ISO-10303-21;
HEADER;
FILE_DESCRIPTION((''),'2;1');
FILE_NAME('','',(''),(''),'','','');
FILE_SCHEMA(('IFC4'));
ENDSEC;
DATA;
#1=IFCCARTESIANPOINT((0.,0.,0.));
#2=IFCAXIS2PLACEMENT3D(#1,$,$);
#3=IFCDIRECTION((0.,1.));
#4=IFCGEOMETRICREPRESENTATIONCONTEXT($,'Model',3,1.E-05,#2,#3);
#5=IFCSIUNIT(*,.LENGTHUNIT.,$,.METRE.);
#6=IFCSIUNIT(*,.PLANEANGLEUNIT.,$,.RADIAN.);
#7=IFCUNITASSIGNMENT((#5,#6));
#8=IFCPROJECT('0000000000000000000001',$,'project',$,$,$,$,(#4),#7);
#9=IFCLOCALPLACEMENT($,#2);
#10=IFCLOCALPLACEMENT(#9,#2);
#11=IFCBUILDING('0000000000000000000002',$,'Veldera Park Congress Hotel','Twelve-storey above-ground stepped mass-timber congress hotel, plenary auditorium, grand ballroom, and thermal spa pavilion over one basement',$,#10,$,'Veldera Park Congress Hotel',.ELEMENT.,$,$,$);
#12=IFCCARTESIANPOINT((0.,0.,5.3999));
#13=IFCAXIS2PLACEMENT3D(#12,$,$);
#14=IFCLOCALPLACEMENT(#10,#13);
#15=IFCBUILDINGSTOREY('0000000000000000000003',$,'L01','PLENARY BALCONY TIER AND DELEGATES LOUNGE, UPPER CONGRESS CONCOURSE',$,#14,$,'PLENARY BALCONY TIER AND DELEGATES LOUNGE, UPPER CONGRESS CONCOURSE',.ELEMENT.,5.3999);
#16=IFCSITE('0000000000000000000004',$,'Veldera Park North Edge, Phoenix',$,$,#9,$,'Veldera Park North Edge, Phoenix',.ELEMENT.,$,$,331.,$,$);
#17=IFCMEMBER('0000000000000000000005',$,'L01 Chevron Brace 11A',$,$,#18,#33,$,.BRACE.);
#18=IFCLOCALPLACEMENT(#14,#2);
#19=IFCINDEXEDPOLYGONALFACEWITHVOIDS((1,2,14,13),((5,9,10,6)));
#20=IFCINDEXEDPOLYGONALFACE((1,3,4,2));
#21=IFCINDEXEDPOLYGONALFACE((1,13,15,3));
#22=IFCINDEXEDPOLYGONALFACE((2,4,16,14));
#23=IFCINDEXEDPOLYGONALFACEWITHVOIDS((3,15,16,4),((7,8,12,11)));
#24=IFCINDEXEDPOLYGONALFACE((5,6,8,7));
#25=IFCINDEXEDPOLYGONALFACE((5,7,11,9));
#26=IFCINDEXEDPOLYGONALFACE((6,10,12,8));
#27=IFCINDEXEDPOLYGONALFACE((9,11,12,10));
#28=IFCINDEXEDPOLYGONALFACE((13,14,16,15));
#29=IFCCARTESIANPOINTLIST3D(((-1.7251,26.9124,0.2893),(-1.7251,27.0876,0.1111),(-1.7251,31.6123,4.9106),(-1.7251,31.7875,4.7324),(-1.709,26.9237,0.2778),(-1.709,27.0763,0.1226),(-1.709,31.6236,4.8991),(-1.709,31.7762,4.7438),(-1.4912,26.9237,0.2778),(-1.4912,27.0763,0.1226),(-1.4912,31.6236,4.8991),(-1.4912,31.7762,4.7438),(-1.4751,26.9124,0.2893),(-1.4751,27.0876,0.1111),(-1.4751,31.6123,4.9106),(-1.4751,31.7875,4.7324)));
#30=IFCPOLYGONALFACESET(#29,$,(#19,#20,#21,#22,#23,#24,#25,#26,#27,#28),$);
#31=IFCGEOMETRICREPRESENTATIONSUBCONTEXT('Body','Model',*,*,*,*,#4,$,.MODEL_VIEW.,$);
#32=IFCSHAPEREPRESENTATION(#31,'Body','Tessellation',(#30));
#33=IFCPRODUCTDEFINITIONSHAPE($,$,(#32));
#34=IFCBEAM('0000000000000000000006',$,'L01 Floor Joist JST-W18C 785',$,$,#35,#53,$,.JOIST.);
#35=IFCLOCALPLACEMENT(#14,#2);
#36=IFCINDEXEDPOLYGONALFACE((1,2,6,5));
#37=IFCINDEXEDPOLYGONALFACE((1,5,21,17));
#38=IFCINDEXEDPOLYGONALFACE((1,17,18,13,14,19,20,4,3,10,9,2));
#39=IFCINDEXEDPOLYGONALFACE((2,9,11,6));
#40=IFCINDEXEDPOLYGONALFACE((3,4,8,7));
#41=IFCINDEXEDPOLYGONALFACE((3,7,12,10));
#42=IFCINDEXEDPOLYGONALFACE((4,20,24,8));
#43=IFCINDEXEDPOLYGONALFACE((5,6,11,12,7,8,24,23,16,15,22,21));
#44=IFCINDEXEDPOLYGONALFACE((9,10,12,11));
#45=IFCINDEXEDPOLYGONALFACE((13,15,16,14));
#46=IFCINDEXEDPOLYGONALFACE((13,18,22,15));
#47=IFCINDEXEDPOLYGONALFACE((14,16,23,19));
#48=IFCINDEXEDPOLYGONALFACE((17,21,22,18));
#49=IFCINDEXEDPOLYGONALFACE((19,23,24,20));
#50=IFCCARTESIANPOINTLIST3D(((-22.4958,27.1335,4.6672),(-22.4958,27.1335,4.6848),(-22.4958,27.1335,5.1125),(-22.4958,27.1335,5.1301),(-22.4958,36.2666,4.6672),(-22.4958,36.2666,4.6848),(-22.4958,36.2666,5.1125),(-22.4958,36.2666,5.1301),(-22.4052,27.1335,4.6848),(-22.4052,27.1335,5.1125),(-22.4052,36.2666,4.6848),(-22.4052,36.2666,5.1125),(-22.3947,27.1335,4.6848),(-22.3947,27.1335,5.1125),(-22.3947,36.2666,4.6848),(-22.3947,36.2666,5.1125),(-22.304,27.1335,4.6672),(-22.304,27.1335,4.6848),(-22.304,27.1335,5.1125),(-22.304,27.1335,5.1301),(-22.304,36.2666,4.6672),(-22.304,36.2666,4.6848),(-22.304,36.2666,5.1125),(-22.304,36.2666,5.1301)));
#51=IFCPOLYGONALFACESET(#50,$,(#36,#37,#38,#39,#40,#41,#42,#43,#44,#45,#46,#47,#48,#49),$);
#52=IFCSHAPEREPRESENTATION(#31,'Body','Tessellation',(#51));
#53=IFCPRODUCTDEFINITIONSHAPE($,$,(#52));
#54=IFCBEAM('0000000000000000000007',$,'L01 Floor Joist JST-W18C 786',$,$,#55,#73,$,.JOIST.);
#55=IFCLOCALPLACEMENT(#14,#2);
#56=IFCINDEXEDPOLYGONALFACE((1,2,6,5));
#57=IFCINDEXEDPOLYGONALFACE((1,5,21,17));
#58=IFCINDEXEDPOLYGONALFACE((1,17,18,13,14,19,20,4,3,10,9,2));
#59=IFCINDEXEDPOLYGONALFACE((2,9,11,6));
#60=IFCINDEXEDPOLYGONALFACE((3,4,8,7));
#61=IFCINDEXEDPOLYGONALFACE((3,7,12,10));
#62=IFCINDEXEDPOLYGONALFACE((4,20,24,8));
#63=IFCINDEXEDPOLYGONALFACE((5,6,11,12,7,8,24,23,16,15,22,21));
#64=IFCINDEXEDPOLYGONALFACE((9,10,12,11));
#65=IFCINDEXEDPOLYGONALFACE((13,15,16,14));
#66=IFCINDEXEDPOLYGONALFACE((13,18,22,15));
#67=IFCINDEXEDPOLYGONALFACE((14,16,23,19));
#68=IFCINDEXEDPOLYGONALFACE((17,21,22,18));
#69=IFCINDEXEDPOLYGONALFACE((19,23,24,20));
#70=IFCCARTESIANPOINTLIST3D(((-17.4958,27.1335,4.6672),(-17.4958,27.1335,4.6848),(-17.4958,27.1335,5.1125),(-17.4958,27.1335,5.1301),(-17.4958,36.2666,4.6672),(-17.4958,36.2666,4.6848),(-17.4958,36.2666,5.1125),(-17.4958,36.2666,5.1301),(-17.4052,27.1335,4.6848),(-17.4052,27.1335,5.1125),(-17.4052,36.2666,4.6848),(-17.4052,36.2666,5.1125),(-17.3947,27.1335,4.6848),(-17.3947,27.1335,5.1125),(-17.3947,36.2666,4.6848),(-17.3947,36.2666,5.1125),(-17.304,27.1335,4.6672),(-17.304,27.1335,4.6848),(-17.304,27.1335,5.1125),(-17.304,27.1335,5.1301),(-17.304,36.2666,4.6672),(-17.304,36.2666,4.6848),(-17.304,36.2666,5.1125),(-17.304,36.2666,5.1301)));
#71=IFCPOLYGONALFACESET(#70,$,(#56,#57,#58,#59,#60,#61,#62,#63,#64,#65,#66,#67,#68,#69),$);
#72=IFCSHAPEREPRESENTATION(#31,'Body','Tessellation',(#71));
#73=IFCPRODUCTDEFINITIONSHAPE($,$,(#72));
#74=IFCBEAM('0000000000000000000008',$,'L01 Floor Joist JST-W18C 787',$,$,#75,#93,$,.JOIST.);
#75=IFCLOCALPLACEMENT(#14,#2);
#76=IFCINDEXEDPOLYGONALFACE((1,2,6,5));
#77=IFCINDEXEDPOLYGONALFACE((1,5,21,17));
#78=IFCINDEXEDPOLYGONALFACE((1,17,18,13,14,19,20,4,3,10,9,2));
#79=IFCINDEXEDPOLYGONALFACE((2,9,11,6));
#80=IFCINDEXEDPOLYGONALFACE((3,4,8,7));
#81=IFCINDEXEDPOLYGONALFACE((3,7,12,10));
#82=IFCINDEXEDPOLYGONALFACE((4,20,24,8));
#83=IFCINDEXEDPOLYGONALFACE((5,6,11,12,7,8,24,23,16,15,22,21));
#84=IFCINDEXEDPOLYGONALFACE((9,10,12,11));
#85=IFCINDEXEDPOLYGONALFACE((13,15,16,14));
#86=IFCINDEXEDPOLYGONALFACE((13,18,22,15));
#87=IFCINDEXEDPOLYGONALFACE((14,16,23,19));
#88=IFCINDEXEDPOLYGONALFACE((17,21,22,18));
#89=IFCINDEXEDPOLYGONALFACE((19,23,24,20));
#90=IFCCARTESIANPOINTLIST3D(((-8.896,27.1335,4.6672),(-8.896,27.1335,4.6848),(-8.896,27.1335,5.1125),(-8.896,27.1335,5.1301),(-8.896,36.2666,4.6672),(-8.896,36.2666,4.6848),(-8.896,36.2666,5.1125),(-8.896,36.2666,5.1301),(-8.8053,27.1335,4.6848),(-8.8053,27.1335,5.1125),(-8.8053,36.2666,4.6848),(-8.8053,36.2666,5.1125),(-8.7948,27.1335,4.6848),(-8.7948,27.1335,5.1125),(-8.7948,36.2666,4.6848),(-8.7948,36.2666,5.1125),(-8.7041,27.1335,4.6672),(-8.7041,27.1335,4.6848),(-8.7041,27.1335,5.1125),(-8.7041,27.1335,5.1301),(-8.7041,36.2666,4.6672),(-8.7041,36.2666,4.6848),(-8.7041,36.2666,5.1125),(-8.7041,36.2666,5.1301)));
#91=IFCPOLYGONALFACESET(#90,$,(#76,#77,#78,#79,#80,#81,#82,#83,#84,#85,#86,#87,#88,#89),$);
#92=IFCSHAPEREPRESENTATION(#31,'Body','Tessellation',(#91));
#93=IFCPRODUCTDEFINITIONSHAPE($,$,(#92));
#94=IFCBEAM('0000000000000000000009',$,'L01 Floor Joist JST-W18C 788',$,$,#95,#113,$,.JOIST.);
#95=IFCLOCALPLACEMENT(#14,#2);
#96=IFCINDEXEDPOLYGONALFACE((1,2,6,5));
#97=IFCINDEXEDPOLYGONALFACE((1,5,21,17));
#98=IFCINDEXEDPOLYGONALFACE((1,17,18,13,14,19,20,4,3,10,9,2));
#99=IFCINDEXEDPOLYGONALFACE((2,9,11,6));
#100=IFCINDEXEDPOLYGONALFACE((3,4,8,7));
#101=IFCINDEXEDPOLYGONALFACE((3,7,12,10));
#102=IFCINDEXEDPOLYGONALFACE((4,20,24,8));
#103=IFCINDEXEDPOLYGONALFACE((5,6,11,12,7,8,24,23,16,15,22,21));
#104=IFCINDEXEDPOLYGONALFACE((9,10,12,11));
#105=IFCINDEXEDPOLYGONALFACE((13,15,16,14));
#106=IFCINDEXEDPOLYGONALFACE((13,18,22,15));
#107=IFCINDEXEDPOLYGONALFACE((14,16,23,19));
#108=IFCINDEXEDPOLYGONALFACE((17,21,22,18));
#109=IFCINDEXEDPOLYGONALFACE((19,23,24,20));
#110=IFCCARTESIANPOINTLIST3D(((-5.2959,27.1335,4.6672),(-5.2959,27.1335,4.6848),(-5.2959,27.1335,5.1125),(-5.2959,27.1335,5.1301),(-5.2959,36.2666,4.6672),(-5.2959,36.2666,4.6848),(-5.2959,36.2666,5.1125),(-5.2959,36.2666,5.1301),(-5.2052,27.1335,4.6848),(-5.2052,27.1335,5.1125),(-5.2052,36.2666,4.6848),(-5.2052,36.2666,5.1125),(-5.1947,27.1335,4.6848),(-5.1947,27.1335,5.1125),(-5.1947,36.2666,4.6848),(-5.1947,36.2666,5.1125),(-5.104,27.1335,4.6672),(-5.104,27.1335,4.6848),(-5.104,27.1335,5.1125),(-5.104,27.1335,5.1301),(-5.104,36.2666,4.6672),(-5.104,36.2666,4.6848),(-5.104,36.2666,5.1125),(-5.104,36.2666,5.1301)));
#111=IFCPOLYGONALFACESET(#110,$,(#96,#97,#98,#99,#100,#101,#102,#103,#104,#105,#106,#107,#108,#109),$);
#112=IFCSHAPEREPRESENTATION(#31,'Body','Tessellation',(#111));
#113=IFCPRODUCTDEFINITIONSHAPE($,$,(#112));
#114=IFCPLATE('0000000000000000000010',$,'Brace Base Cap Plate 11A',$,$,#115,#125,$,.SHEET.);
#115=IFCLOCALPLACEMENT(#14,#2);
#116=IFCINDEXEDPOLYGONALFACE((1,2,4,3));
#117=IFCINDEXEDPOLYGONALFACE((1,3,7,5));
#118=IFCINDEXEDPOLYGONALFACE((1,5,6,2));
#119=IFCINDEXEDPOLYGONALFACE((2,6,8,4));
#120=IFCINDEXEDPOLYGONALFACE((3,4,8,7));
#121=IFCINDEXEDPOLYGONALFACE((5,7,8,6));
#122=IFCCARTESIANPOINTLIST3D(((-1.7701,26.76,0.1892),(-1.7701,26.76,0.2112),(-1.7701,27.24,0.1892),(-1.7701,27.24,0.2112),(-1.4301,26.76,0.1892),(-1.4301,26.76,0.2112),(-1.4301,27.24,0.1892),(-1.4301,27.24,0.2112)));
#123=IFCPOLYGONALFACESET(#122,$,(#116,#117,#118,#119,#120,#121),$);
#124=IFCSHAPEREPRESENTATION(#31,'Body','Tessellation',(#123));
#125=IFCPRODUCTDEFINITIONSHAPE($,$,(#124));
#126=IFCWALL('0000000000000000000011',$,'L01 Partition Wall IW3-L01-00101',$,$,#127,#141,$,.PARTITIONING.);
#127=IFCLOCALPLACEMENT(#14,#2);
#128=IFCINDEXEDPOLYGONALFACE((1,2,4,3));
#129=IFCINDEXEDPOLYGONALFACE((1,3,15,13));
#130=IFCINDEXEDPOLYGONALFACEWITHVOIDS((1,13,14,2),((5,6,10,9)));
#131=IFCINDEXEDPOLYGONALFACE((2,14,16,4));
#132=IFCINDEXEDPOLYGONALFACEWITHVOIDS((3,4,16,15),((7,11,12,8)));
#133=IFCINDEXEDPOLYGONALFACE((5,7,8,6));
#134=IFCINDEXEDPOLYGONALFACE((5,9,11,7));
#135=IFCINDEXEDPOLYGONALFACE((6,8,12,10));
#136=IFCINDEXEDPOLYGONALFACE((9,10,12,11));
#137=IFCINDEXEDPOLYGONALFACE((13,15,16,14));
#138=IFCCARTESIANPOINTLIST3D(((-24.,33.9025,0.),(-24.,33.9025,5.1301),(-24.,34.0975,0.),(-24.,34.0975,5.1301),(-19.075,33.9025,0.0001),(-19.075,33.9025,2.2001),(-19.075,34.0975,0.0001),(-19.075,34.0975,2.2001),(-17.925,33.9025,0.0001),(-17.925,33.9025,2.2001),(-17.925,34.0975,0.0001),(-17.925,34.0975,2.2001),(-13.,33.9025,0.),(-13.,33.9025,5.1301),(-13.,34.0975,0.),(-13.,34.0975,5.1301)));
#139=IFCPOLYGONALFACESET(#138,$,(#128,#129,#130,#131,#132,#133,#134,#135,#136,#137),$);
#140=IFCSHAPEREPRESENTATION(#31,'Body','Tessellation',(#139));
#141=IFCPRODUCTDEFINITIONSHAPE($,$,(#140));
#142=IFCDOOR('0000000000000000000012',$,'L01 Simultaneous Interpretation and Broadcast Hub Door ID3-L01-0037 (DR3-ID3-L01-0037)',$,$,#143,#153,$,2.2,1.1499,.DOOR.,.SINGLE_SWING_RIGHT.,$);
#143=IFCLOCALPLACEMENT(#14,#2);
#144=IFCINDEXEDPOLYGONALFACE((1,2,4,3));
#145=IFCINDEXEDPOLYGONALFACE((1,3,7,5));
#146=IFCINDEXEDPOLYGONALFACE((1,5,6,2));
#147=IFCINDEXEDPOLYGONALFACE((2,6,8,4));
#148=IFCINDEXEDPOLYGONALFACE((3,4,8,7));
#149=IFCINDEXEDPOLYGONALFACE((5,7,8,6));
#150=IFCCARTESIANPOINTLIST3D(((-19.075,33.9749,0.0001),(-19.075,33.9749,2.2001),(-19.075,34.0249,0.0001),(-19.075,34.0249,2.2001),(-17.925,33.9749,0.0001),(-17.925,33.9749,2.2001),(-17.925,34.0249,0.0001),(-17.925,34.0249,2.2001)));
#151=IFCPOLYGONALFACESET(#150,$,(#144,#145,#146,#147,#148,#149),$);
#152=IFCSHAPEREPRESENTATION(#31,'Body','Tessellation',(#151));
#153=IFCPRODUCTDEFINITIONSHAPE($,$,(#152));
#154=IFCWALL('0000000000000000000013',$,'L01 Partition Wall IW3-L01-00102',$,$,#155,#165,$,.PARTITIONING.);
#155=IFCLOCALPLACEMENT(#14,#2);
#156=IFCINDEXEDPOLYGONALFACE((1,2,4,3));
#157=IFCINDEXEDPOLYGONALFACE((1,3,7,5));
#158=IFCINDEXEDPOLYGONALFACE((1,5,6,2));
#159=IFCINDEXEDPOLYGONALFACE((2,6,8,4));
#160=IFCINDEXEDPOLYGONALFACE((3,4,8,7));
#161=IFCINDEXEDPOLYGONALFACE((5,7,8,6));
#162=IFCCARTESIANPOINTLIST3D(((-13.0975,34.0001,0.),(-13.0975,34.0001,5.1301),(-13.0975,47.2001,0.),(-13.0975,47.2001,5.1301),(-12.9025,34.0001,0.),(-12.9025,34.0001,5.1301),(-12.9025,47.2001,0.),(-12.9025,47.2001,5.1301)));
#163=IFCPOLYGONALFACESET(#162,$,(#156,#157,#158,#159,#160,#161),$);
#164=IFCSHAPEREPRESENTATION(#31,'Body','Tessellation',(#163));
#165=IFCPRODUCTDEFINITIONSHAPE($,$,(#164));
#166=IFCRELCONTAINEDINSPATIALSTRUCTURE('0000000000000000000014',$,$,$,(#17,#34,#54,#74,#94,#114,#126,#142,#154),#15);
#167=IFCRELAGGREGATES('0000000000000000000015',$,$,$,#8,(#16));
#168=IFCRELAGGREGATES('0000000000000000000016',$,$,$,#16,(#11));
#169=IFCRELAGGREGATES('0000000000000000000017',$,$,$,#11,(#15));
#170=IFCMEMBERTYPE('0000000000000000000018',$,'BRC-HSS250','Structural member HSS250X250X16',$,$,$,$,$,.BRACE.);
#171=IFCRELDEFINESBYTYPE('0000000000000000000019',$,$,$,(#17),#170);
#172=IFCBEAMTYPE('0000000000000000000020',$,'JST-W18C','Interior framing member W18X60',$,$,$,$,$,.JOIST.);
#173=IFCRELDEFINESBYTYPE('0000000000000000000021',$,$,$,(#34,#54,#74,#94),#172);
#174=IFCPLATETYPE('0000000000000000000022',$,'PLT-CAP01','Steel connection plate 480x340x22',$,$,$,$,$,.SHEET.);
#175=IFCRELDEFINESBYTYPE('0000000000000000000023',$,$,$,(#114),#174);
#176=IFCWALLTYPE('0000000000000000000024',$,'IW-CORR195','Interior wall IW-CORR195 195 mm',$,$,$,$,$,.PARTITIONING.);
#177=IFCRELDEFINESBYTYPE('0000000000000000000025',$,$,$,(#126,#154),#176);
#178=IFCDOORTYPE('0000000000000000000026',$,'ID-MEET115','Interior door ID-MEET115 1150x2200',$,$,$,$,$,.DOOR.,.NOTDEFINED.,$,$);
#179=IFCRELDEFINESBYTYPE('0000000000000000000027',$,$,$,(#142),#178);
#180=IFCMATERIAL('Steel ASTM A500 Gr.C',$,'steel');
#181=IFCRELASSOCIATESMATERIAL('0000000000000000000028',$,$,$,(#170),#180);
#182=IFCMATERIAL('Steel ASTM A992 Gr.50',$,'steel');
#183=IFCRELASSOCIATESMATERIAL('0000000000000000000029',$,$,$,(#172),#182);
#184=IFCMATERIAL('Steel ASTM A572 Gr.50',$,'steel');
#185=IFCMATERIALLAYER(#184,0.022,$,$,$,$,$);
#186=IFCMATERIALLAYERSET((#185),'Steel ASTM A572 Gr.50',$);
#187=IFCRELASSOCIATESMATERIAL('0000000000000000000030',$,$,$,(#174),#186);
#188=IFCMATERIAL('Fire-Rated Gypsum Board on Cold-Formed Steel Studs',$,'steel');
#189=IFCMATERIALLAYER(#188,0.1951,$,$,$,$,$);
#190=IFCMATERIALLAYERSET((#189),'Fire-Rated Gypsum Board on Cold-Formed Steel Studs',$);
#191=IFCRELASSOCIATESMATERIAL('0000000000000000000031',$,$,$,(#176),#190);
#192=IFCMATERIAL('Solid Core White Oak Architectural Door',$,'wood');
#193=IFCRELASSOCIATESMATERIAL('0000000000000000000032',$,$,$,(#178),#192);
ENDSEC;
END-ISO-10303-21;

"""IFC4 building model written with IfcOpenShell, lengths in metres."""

from ifc_helpers import new_model, si_unit, direction, frame, frame_2d, origin, origin_2d, place, context, subcontext, project, spatial, rectangle, hollow_rectangle, i_section, extrude, material, layer, layer_set, material_profile, profile_set, type_object, element, fill, save


model = new_model("IFC4")

# Units and contexts
model_context = context("Model", 3, precision=1e-05, world=origin(), true_north=direction((0.0, 1.0)))
body_context = subcontext(model_context, "Body", "Model", "MODEL_VIEW")
ifc_project = project(units=[si_unit("LENGTHUNIT", "METRE"), si_unit("PLANEANGLEUNIT", "RADIAN")], contexts=[model_context])

# Site, building, storey
site_placement = place(None, origin())
site = spatial("IfcSite", under=ifc_project, at=site_placement, Name="Veldera Park North Edge, Phoenix", LongName="Veldera Park North Edge, Phoenix", CompositionType="ELEMENT", RefElevation=331.0)
building_placement = place(site_placement, origin())
building = spatial("IfcBuilding", under=site, at=building_placement, Name="Veldera Park Congress Hotel", Description="Twelve-storey above-ground stepped mass-timber congress hotel, plenary auditorium, grand ballroom, and thermal spa pavilion over one basement", LongName="Veldera Park Congress Hotel", CompositionType="ELEMENT")
storey_placement = place(building_placement, frame((0.0, 0.0, 5.3999)))
storey = spatial("IfcBuildingStorey", under=building, at=storey_placement, Name="L01", Description="PLENARY BALCONY TIER AND DELEGATES LOUNGE, UPPER CONGRESS CONCOURSE", LongName="PLENARY BALCONY TIER AND DELEGATES LOUNGE, UPPER CONGRESS CONCOURSE", CompositionType="ELEMENT", Elevation=5.3999)

# Shared definitions
ifc_material_1 = material(Name="Steel ASTM A992 Gr.50", Category="steel")

# Member
ifc_material_2 = material(Name="Steel ASTM A500 Gr.C", Category="steel")
ifc_material_profile_1 = material_profile(ifc_material_2, hollow_rectangle(XDim=0.25, YDim=0.25, WallThickness=0.0161, at=origin_2d()), Name="HSS250X250X16")
ifc_profile_set_1 = profile_set([ifc_material_profile_1], Name="Steel ASTM A500 Gr.C")
member_type = type_object("IfcMemberType", Name="BRC-HSS250", Description="Structural member HSS250X250X16", PredefinedType="BRACE", material=ifc_profile_set_1)
member_placement = place(storey_placement, frame((-1.6001, 27.0, 0.2002), z_axis=(0.0, 0.713045, 0.701118), x_axis=(-1.0, 0.0, 0.0)))
element("IfcMember", 1, at=member_placement, inside=storey, type_object=member_type, Name="L01 Chevron Brace 11A", PredefinedType="BRACE", context=body_context, shape_type="SweptSolid", body=[
    extrude(hollow_rectangle(XDim=0.25, YDim=0.25, WallThickness=0.0161, at=origin_2d()), origin(), (0.0, 0.0, 1.0), 6.5913),
])

# Beams
ifc_material_profile_2 = material_profile(ifc_material_1, i_section(OverallWidth=0.1919, OverallDepth=0.4629, WebThickness=0.0105, FlangeThickness=0.0176, at=origin_2d()), Name="W18X60")
ifc_profile_set_2 = profile_set([ifc_material_profile_2], Name="Steel ASTM A992 Gr.50")
beam_type_1 = type_object("IfcBeamType", Name="JST-W18C", Description="Interior framing member W18X60", PredefinedType="JOIST", material=ifc_profile_set_2)
for number, where, z_axis, x_axis, name in (
    (2, (-22.3999, 27.1335, 4.8987), (0.0, 1.0, 0.0), (-1.0, 0.0, 0.0), "L01 Floor Joist JST-W18C 785"),
    (3, (-17.3999, 27.1335, 4.8987), (0.0, 1.0, 0.0), (-1.0, 0.0, 0.0), "L01 Floor Joist JST-W18C 786"),
    (4, (-8.8, 27.1335, 4.8987), (0.0, 1.0, 0.0), (-1.0, 0.0, 0.0), "L01 Floor Joist JST-W18C 787"),
    (5, (-5.2, 27.1335, 4.8987), (0.0, 1.0, 0.0), (-1.0, 0.0, 0.0), "L01 Floor Joist JST-W18C 788"),
):
    element("IfcBeam", number, at=place(storey_placement, frame(where, z_axis=z_axis, x_axis=x_axis)), inside=storey, type_object=beam_type_1, Name=name, PredefinedType="JOIST", context=body_context, shape_type="SweptSolid", body=[
        extrude(i_section(OverallWidth=0.1919, OverallDepth=0.4629, WebThickness=0.0105, FlangeThickness=0.0176, at=origin_2d()), origin(), (0.0, 0.0, 1.0), 9.1331),
    ])

# Plate
ifc_material_3 = material(Name="Steel ASTM A572 Gr.50", Category="steel")
ifc_layer_1 = layer(ifc_material_3, 0.022)
ifc_layer_set_1 = layer_set([ifc_layer_1], Name="Steel ASTM A572 Gr.50")
plate_type = type_object("IfcPlateType", Name="PLT-CAP01", Description="Steel connection plate 480x340x22", PredefinedType="SHEET", material=ifc_layer_set_1)
plate_placement = place(storey_placement, frame((-1.6001, 27.0, 0.1892), z_axis=(0.0, 0.0, 1.0), x_axis=(0.0, 1.0, 0.0)))
element("IfcPlate", 6, at=plate_placement, inside=storey, type_object=plate_type, Name="Brace Base Cap Plate 11A", PredefinedType="SHEET", context=body_context, shape_type="SweptSolid", body=[
    extrude(rectangle(XDim=0.48, YDim=0.3401, at=origin_2d()), origin(), (0.0, 0.0, 1.0), 0.022),
])

# Wall, opening, door
ifc_material_4 = material(Name="Fire-Rated Gypsum Board on Cold-Formed Steel Studs", Category="steel")
ifc_layer_2 = layer(ifc_material_4, 0.1951)
ifc_layer_set_2 = layer_set([ifc_layer_2], Name="Fire-Rated Gypsum Board on Cold-Formed Steel Studs")
wall_type_1 = type_object("IfcWallType", Name="IW-CORR195", Description="Interior wall IW-CORR195 195 mm", PredefinedType="PARTITIONING", material=ifc_layer_set_2)
wall_1_placement = place(storey_placement, frame((-24.0, 34.0, 0.0), z_axis=(0.0, 0.0, 1.0), x_axis=(1.0, 0.0, 0.0)))
wall_1 = element("IfcWall", 7, at=wall_1_placement, inside=storey, type_object=wall_type_1, Name="L01 Partition Wall IW3-L01-00101", PredefinedType="PARTITIONING", context=body_context, shape_type="SweptSolid", body=[
    extrude(rectangle(XDim=11.0, YDim=0.1951, at=frame_2d((5.5, 0.0))), origin(), (0.0, 0.0, 1.0), 5.1301),
])
opening_1_placement = place(wall_1_placement, frame((4.925, 0.0, 0.0)))
opening_1 = element("IfcOpeningElement", 8, at=opening_1_placement, cuts=wall_1, PredefinedType="OPENING", context=body_context, shape_type="SweptSolid", body=[
    extrude(rectangle(XDim=1.1499, YDim=2.2, at=frame_2d((0.575, 1.1001))), frame((0.0, 0.1096, 0.0), z_axis=(0.0, -1.0, 0.0), x_axis=(1.0, 0.0, 0.0)), (0.0, 0.0, 1.0), 0.219),
])
ifc_material_5 = material(Name="Solid Core White Oak Architectural Door", Category="wood")
door_type_1 = type_object("IfcDoorType", Name="ID-MEET115", Description="Interior door ID-MEET115 1150x2200", OperationType="NOTDEFINED", PredefinedType="DOOR", material=ifc_material_5)
door_1_placement = place(opening_1_placement, origin())
door_1 = element("IfcDoor", 9, at=door_1_placement, inside=storey, type_object=door_type_1, Name="L01 Simultaneous Interpretation and Broadcast Hub Door ID3-L01-0037 (DR3-ID3-L01-0037)", OperationType="SINGLE_SWING_RIGHT", OverallHeight=2.2, OverallWidth=1.1499, PredefinedType="DOOR", context=body_context, shape_type="SweptSolid", body=[
    extrude(rectangle(XDim=1.1499, YDim=2.2, at=frame_2d((0.575, 1.1001))), frame((0.0, 0.0249, 0.0), z_axis=(0.0, -1.0, 0.0), x_axis=(1.0, 0.0, 0.0)), (0.0, 0.0, 1.0), 0.05),
])
fill(opening_1, door_1)

# Wall
wall_2_placement = place(storey_placement, frame((-13.0, 34.0, 0.0), z_axis=(0.0, 0.0, 1.0), x_axis=(0.0, 1.0, 0.0)))
element("IfcWall", 10, at=wall_2_placement, inside=storey, type_object=wall_type_1, Name="L01 Partition Wall IW3-L01-00102", PredefinedType="PARTITIONING", context=body_context, shape_type="SweptSolid", body=[
    extrude(rectangle(XDim=13.2, YDim=0.1951, at=frame_2d((6.6001, 0.0))), origin(), (0.0, 0.0, 1.0), 5.1301),
])

save(model, "model.ifc")
